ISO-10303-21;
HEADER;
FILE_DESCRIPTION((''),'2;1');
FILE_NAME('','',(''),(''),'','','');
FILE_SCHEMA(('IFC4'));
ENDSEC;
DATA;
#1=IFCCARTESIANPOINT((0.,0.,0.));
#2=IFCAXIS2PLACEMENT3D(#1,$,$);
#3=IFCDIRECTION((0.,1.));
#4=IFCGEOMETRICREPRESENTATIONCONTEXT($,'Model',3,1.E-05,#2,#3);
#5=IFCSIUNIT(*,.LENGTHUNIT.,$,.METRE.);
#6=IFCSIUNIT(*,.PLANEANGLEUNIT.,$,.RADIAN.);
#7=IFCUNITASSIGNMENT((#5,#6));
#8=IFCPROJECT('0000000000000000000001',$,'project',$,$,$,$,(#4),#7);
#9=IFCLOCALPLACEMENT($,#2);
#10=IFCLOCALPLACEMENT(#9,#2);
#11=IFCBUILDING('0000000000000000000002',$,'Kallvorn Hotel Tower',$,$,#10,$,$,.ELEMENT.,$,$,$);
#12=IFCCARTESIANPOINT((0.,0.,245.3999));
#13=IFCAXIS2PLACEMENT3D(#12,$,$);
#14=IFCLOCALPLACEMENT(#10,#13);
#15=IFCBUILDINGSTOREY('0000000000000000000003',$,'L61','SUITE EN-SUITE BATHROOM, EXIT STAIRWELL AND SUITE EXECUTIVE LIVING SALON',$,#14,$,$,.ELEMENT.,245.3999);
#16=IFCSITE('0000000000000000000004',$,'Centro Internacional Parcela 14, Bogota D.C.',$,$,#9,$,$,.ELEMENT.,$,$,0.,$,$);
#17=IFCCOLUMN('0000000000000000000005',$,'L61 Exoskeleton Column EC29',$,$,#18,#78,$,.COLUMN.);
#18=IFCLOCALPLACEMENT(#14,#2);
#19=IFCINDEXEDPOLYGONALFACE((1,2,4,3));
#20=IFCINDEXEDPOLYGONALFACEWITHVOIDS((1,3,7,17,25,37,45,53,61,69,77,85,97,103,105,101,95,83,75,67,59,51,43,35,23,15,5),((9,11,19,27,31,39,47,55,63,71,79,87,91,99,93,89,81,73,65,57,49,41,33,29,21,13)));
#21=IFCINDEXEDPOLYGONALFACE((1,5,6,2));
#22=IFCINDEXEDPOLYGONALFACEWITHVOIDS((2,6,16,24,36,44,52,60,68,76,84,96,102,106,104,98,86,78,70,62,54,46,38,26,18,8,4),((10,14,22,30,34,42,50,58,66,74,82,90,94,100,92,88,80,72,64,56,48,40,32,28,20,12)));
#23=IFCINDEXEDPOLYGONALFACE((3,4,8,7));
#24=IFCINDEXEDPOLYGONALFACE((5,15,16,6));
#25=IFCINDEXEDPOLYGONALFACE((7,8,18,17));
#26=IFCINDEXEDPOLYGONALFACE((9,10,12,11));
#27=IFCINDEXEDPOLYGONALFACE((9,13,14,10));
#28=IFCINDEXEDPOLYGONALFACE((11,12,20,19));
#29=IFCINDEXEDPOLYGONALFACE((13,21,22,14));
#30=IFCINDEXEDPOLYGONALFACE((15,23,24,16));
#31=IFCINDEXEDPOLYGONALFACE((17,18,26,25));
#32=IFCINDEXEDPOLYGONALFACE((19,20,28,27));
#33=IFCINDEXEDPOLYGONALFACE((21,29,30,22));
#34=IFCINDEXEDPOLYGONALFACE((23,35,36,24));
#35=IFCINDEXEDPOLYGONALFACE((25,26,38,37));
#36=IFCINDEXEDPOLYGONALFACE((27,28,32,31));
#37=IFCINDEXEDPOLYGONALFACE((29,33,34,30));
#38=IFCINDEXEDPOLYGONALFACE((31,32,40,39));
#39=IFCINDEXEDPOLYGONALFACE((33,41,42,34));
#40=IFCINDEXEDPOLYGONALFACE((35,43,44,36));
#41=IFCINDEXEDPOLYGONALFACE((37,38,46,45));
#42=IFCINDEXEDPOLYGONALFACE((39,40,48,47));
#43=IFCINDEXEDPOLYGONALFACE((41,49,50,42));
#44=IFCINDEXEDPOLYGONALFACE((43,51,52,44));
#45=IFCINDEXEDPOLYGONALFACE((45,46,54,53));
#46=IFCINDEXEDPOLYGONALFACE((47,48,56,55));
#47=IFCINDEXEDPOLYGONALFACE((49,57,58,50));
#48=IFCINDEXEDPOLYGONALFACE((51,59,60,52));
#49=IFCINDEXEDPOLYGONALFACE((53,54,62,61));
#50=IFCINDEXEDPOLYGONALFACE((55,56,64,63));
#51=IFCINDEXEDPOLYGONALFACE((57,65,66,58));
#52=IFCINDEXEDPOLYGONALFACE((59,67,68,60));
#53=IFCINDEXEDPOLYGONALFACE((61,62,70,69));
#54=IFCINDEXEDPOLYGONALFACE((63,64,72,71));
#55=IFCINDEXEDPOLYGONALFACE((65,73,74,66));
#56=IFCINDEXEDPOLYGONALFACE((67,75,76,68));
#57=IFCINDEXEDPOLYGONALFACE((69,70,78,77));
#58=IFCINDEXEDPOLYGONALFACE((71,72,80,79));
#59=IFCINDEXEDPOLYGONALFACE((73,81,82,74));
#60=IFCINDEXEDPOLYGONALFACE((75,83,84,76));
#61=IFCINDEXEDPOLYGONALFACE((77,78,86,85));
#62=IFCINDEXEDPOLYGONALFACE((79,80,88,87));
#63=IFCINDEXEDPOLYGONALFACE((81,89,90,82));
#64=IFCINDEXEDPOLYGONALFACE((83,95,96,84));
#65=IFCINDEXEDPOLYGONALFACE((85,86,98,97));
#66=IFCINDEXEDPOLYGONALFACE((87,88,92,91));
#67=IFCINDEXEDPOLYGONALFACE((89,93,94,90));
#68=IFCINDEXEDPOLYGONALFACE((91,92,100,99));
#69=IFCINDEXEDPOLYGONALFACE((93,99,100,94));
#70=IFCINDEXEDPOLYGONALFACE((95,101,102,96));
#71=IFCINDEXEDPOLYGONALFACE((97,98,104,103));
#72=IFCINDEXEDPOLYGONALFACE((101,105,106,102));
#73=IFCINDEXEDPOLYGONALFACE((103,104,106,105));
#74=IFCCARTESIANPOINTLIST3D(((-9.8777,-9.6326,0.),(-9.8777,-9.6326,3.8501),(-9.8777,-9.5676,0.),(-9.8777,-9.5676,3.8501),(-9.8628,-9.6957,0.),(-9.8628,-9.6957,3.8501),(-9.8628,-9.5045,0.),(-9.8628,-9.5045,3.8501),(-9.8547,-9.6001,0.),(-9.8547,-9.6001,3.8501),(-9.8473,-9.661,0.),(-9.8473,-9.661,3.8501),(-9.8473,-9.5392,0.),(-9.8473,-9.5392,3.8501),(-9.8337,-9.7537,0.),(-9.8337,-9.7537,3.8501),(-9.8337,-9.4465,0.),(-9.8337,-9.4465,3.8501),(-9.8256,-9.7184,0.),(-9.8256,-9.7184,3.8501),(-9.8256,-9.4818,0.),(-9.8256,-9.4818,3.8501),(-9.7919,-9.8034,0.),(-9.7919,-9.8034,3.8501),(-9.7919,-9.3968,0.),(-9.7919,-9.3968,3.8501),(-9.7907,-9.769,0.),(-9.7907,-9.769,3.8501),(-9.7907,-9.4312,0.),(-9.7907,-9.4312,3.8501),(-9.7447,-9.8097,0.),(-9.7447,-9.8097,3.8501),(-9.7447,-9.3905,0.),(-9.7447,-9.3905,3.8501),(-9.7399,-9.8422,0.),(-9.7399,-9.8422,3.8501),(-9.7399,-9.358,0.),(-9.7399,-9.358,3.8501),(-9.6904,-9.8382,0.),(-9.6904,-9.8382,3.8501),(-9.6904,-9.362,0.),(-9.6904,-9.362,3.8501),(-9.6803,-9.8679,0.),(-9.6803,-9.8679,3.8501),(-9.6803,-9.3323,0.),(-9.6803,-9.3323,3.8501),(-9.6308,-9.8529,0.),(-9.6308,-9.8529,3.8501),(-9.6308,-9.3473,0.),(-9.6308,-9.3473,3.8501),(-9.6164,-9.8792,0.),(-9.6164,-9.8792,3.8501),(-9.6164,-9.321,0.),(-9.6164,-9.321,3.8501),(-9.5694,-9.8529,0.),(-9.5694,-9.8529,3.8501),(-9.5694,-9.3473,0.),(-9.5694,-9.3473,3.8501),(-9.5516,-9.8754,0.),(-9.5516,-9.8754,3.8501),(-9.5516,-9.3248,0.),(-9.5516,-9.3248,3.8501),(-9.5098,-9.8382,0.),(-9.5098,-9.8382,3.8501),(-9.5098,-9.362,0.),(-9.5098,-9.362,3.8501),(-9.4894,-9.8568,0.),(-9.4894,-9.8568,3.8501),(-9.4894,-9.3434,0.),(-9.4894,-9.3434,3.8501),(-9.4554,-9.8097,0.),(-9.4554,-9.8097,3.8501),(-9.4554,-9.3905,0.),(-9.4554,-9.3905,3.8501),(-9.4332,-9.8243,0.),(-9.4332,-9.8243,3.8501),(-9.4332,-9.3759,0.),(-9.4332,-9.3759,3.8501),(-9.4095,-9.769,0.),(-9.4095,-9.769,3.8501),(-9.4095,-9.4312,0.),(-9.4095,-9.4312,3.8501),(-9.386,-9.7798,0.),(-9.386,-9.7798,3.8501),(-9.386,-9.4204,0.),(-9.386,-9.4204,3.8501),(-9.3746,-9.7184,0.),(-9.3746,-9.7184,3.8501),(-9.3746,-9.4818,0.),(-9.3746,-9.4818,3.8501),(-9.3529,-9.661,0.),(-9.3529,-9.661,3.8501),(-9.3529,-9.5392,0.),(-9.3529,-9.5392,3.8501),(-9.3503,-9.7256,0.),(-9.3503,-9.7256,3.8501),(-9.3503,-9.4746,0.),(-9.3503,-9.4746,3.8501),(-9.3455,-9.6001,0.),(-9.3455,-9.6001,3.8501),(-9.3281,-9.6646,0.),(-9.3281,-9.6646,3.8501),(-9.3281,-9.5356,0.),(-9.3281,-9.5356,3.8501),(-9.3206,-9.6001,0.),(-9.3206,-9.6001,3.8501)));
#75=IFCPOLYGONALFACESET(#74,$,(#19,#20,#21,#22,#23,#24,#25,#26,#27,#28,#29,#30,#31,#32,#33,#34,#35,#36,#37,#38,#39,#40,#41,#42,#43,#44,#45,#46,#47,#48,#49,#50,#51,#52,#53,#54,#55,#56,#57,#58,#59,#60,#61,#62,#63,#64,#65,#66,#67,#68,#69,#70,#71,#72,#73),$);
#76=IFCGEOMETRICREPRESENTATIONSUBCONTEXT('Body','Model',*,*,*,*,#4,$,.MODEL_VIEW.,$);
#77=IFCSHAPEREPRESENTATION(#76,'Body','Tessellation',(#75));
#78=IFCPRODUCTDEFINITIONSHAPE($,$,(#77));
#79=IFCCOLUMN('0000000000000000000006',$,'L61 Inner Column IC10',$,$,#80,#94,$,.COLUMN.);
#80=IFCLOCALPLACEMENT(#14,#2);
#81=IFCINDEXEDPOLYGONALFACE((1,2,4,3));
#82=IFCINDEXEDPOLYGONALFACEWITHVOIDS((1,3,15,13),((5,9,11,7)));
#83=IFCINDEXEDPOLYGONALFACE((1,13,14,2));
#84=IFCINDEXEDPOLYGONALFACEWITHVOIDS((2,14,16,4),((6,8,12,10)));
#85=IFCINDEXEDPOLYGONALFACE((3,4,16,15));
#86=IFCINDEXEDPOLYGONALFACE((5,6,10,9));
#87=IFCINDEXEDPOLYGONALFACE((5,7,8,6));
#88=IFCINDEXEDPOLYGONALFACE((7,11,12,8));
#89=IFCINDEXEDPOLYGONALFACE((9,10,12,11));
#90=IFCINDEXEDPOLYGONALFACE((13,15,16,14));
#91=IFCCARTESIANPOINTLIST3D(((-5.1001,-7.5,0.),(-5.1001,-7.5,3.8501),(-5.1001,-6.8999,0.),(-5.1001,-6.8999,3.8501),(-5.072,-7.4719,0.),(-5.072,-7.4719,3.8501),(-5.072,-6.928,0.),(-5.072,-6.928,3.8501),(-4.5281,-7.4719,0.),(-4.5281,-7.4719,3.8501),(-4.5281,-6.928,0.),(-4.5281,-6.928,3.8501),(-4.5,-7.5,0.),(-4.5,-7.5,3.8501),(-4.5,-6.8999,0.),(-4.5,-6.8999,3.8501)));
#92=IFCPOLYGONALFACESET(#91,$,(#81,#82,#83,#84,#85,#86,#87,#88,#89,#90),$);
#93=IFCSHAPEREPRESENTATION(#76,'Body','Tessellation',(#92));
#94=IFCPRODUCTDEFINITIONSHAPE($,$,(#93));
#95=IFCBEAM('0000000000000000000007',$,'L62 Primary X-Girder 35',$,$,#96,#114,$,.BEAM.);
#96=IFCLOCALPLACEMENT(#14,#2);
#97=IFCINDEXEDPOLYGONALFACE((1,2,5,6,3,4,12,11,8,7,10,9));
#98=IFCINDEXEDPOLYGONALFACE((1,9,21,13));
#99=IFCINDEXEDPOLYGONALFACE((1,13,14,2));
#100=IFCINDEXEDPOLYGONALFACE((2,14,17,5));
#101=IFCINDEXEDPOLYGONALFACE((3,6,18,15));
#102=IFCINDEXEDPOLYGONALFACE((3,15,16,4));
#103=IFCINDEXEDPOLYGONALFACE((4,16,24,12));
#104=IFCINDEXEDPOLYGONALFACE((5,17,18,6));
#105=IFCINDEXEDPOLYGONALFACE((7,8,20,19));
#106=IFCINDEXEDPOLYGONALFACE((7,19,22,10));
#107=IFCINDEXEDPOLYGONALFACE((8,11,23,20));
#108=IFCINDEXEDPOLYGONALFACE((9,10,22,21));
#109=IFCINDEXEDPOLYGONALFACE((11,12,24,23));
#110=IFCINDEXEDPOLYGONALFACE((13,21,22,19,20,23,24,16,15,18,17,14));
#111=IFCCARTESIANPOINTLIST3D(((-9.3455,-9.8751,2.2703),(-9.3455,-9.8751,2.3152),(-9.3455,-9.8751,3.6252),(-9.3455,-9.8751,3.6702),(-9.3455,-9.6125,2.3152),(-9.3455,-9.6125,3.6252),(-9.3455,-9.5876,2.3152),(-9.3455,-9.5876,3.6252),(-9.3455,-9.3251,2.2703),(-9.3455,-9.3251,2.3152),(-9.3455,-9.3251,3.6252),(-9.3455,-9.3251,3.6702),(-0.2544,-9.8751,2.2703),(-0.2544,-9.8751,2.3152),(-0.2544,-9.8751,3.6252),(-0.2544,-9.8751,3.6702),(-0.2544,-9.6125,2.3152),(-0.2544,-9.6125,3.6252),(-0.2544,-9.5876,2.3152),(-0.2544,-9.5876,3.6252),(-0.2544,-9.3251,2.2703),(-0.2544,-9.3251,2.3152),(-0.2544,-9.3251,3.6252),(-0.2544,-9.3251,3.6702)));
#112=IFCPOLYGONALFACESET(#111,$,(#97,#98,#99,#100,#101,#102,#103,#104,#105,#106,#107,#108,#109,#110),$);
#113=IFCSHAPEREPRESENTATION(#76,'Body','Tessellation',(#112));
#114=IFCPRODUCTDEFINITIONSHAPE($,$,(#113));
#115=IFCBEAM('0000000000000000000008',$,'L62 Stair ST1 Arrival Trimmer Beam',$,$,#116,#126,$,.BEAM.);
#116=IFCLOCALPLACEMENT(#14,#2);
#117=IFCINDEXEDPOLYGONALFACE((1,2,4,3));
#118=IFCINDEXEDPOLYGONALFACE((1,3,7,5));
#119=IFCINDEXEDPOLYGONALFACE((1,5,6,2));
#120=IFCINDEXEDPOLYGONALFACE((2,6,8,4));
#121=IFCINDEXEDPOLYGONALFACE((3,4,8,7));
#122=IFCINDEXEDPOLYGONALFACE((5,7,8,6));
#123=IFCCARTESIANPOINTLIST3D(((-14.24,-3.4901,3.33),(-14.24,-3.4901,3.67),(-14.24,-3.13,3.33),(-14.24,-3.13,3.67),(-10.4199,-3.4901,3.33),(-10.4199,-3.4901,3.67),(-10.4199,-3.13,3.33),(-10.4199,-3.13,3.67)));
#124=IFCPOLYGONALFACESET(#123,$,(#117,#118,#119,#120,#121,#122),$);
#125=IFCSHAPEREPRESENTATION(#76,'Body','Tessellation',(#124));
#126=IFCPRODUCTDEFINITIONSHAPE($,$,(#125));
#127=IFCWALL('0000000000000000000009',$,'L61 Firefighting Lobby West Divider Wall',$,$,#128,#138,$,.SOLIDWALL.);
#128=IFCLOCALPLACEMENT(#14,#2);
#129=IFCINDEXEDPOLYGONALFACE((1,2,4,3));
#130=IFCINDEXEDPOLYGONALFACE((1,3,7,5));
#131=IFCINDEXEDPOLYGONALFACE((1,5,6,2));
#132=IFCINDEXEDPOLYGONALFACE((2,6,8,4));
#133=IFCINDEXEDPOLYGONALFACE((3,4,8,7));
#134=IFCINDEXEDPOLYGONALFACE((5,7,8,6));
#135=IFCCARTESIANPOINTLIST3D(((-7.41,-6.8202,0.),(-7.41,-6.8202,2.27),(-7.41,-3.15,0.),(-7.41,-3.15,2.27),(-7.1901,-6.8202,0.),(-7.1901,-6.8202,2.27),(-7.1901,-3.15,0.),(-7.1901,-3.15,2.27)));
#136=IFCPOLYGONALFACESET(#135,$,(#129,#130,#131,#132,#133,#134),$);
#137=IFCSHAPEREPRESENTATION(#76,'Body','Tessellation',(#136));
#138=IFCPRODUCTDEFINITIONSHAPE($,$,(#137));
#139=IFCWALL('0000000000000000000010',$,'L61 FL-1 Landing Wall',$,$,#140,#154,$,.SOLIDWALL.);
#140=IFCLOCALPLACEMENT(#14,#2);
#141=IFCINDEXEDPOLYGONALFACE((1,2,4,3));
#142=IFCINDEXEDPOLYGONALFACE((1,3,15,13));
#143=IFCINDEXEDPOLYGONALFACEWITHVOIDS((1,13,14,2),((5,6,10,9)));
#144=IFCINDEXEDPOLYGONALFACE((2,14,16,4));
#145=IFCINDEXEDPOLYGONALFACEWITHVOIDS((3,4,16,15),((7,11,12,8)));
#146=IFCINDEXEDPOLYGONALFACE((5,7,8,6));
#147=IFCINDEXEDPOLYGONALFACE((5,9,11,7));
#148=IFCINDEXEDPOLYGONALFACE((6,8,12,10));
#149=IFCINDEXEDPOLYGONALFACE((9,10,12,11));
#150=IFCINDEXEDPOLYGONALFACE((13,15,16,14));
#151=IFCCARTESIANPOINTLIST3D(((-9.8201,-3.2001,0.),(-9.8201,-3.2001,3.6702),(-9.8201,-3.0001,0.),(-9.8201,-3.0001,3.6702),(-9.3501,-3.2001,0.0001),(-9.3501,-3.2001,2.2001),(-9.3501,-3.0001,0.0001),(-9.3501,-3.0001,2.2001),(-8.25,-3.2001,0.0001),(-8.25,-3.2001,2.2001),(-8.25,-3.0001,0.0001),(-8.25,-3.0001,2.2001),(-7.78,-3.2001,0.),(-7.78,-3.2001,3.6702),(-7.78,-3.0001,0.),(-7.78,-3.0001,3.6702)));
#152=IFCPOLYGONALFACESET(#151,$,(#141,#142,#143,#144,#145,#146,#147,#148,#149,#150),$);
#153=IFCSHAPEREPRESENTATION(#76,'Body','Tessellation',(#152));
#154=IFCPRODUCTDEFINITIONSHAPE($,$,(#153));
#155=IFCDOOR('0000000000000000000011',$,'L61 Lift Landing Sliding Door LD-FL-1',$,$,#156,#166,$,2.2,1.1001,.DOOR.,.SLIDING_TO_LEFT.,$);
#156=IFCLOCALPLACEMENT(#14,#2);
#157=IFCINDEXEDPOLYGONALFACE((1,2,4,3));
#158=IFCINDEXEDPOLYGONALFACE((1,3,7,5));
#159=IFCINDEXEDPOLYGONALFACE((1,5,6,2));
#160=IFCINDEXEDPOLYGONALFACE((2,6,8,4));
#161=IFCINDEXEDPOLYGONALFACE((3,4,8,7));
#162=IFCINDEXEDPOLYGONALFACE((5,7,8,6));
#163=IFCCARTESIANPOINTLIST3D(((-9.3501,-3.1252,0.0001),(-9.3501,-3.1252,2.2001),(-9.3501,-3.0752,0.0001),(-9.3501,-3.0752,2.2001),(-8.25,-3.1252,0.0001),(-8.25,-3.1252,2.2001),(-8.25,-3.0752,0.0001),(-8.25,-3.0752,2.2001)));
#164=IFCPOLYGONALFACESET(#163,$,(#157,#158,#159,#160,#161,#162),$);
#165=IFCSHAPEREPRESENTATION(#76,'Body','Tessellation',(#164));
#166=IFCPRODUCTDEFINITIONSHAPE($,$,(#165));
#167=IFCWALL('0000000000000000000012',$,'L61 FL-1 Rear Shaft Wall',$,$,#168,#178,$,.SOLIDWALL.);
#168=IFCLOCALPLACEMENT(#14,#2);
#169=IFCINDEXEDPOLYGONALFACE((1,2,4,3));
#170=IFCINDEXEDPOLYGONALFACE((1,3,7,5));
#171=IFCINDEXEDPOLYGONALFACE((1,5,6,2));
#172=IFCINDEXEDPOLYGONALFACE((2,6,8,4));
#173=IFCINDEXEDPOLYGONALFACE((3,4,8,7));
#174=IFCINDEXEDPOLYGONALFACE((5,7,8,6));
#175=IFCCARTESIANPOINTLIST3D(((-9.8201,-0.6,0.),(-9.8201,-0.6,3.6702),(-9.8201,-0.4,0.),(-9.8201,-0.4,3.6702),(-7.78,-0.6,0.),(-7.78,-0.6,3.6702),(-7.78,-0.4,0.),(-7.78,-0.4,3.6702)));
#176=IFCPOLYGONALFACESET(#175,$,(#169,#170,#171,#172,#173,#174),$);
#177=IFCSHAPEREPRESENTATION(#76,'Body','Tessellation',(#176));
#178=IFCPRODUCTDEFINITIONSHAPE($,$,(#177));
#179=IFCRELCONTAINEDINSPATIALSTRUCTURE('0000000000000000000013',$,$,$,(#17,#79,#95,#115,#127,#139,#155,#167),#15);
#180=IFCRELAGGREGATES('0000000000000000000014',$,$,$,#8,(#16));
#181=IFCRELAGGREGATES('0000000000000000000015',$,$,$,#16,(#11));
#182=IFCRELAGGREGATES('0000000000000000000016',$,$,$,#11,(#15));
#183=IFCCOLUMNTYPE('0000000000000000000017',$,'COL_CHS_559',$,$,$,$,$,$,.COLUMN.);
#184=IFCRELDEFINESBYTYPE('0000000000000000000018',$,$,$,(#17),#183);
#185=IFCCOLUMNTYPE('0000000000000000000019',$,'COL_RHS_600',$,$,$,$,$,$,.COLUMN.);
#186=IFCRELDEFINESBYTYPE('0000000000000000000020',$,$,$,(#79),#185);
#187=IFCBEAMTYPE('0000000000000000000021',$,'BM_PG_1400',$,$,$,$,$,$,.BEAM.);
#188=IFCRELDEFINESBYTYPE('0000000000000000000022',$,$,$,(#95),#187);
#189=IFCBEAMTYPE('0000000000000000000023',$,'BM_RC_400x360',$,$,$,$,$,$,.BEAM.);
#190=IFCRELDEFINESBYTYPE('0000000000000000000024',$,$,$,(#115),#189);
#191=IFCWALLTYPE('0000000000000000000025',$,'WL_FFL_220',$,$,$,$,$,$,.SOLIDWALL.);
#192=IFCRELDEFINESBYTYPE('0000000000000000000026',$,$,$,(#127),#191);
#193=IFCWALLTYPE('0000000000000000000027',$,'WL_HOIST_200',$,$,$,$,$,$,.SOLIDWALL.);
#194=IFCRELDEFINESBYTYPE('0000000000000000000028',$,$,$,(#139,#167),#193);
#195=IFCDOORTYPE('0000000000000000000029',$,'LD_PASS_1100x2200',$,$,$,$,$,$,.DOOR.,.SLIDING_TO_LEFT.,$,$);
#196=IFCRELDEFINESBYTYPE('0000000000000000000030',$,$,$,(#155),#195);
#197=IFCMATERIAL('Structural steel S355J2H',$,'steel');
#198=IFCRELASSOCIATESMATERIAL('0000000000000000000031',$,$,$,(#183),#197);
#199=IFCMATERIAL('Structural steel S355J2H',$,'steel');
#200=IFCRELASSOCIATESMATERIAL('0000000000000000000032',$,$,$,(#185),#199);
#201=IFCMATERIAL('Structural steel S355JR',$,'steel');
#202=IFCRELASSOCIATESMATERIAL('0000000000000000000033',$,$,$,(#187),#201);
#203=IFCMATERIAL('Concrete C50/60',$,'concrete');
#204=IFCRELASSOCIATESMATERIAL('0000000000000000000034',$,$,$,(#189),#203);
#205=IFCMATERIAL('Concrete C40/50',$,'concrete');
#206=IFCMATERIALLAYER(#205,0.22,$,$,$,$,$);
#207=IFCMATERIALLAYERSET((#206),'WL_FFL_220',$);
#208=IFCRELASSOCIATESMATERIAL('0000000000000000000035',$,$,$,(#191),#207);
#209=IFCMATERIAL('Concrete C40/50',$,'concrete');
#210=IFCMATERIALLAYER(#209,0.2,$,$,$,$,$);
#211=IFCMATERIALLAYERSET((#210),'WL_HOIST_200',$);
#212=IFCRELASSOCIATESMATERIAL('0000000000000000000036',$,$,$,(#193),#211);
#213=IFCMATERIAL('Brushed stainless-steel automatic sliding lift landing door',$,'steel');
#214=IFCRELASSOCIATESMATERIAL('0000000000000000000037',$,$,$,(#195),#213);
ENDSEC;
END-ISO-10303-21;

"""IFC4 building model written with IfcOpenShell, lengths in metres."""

from ifc_helpers import new_model, si_unit, direction, frame, frame_2d, origin, origin_2d, place, context, subcontext, project, spatial, rectangle, hollow_rectangle, hollow_circle, i_section, extrude, material, layer, layer_set, material_profile, profile_set, type_object, element, fill, save


model = new_model("IFC4")

# Units and contexts
model_context = context("Model", 3, precision=1e-05, world=origin(), true_north=direction((0.0, 1.0)))
body_context = subcontext(model_context, "Body", "Model", "MODEL_VIEW")
ifc_project = project(units=[si_unit("LENGTHUNIT", "METRE"), si_unit("PLANEANGLEUNIT", "RADIAN")], contexts=[model_context])

# Site, building, storey
site_placement = place(None, origin())
site = spatial("IfcSite", under=ifc_project, at=site_placement, Name="Centro Internacional Parcela 14, Bogota D.C.", CompositionType="ELEMENT", RefElevation=0.0)
building_placement = place(site_placement, origin())
building = spatial("IfcBuilding", under=site, at=building_placement, Name="Kallvorn Hotel Tower", CompositionType="ELEMENT")
storey_placement = place(building_placement, frame((0.0, 0.0, 245.3999)))
storey = spatial("IfcBuildingStorey", under=building, at=storey_placement, Name="L61", Description="SUITE EN-SUITE BATHROOM, EXIT STAIRWELL AND SUITE EXECUTIVE LIVING SALON", CompositionType="ELEMENT", Elevation=245.3999)

# Columns
ifc_material_1 = material(Name="Structural steel S355J2H", Category="steel")
ifc_material_profile_1 = material_profile(ifc_material_1, hollow_circle(Radius=0.2795, WallThickness=0.0249, at=origin_2d()), Name="CHS 559x25")
ifc_profile_set_1 = profile_set([ifc_material_profile_1], Name="Structural steel S355J2H")
column_type_1 = type_object("IfcColumnType", Name="COL_CHS_559", PredefinedType="COLUMN", material=ifc_profile_set_1)
column_1_placement = place(storey_placement, frame((-9.6001, -9.6001, 0.0), z_axis=(0.0, 0.0, 1.0), x_axis=(1.0, 0.0, 0.0)))
element("IfcColumn", 1, at=column_1_placement, inside=storey, type_object=column_type_1, Name="L61 Exoskeleton Column EC29", PredefinedType="COLUMN", context=body_context, shape_type="SweptSolid", body=[
    extrude(hollow_circle(Radius=0.2795, WallThickness=0.0249, at=origin_2d()), origin(), (0.0, 0.0, 1.0), 3.8501),
])
ifc_material_2 = material(Name="Structural steel S355J2H", Category="steel")
ifc_material_profile_2 = material_profile(ifc_material_2, hollow_rectangle(XDim=0.6001, YDim=0.6001, WallThickness=0.0281, at=origin_2d()), Name="RHS 600x600x28")
ifc_profile_set_2 = profile_set([ifc_material_profile_2], Name="Structural steel S355J2H")
column_type_2 = type_object("IfcColumnType", Name="COL_RHS_600", PredefinedType="COLUMN", material=ifc_profile_set_2)
column_2_placement = place(storey_placement, frame((-4.8, -7.2, 0.0), z_axis=(0.0, 0.0, 1.0), x_axis=(1.0, 0.0, 0.0)))
element("IfcColumn", 2, at=column_2_placement, inside=storey, type_object=column_type_2, Name="L61 Inner Column IC10", PredefinedType="COLUMN", context=body_context, shape_type="SweptSolid", body=[
    extrude(hollow_rectangle(XDim=0.6001, YDim=0.6001, WallThickness=0.0281, at=origin_2d()), origin(), (0.0, 0.0, 1.0), 3.8501),
])

# Beams
ifc_material_3 = material(Name="Structural steel S355JR", Category="steel")
ifc_material_profile_3 = material_profile(ifc_material_3, i_section(OverallWidth=0.55, OverallDepth=1.3999, WebThickness=0.0249, FlangeThickness=0.0449, at=origin_2d()), Name="PG 1400x550x25x45")
ifc_profile_set_3 = profile_set([ifc_material_profile_3], Name="Structural steel S355JR")
beam_type_1 = type_object("IfcBeamType", Name="BM_PG_1400", PredefinedType="BEAM", material=ifc_profile_set_3)
beam_1_placement = place(storey_placement, frame((-9.3455, -9.6001, 2.9702), z_axis=(1.0, 0.0, 0.0), x_axis=(0.0, 1.0, 0.0)))
element("IfcBeam", 3, at=beam_1_placement, inside=storey, type_object=beam_type_1, Name="L62 Primary X-Girder 35", PredefinedType="BEAM", context=body_context, shape_type="SweptSolid", body=[
    extrude(i_section(OverallWidth=0.55, OverallDepth=1.3999, WebThickness=0.0249, FlangeThickness=0.0449, at=origin_2d()), origin(), (0.0, 0.0, 1.0), 9.0911),
])
ifc_material_4 = material(Name="Concrete C50/60", Category="concrete")
ifc_material_profile_4 = material_profile(ifc_material_4, rectangle(XDim=0.3601, YDim=0.3401, at=origin_2d()), Name="RC 360x340")
ifc_profile_set_4 = profile_set([ifc_material_profile_4], Name="Concrete C50/60")
beam_type_2 = type_object("IfcBeamType", Name="BM_RC_400x360", PredefinedType="BEAM", material=ifc_profile_set_4)
beam_2_placement = place(storey_placement, frame((-10.4199, -3.3101, 3.5), z_axis=(-1.0, 0.0, 0.0), x_axis=(0.0, -1.0, 0.0)))
element("IfcBeam", 4, at=beam_2_placement, inside=storey, type_object=beam_type_2, Name="L62 Stair ST1 Arrival Trimmer Beam", PredefinedType="BEAM", context=body_context, shape_type="SweptSolid", body=[
    extrude(rectangle(XDim=0.3601, YDim=0.3401, at=origin_2d()), origin(), (0.0, 0.0, 1.0), 3.8201),
])

# Wall
ifc_material_5 = material(Name="Concrete C40/50", Category="concrete")
ifc_layer_1 = layer(ifc_material_5, 0.22)
ifc_layer_set_1 = layer_set([ifc_layer_1], Name="WL_FFL_220")
wall_type_1 = type_object("IfcWallType", Name="WL_FFL_220", PredefinedType="SOLIDWALL", material=ifc_layer_set_1)
wall_1_placement = place(storey_placement, frame((-7.3, -6.8201, 0.0), z_axis=(0.0, 0.0, 1.0), x_axis=(0.0, 1.0, 0.0)))
element("IfcWall", 5, at=wall_1_placement, inside=storey, type_object=wall_type_1, Name="L61 Firefighting Lobby West Divider Wall", PredefinedType="SOLIDWALL", context=body_context, shape_type="SweptSolid", body=[
    extrude(rectangle(XDim=3.6702, YDim=0.22, at=frame_2d((1.835, 0.0))), origin(), (0.0, 0.0, 1.0), 2.27),
])

# Wall, opening, door
ifc_material_6 = material(Name="Concrete C40/50", Category="concrete")
ifc_layer_2 = layer(ifc_material_6, 0.2)
ifc_layer_set_2 = layer_set([ifc_layer_2], Name="WL_HOIST_200")
wall_type_2 = type_object("IfcWallType", Name="WL_HOIST_200", PredefinedType="SOLIDWALL", material=ifc_layer_set_2)
wall_2_placement = place(storey_placement, frame((-9.8201, -3.1001, 0.0), z_axis=(0.0, 0.0, 1.0), x_axis=(1.0, 0.0, 0.0)))
wall_2 = element("IfcWall", 6, at=wall_2_placement, inside=storey, type_object=wall_type_2, Name="L61 FL-1 Landing Wall", PredefinedType="SOLIDWALL", context=body_context, shape_type="SweptSolid", body=[
    extrude(rectangle(XDim=2.04, YDim=0.2, at=frame_2d((1.02, 0.0))), origin(), (0.0, 0.0, 1.0), 3.6702),
])
opening_1_placement = place(wall_2_placement, frame((0.47, 0.0, 0.0)))
opening_1 = element("IfcOpeningElement", 7, at=opening_1_placement, cuts=wall_2, PredefinedType="OPENING", context=body_context, shape_type="SweptSolid", body=[
    extrude(rectangle(XDim=1.1001, YDim=2.2, at=frame_2d((0.55, 1.1001))), frame((0.0, 0.115, 0.0), z_axis=(0.0, -1.0, 0.0), x_axis=(1.0, 0.0, 0.0)), (0.0, 0.0, 1.0), 0.23),
])
ifc_material_7 = material(Name="Brushed stainless-steel automatic sliding lift landing door", Category="steel")
door_type_1 = type_object("IfcDoorType", Name="LD_PASS_1100x2200", OperationType="SLIDING_TO_LEFT", PredefinedType="DOOR", material=ifc_material_7)
door_1_placement = place(opening_1_placement, origin())
door_1 = element("IfcDoor", 8, at=door_1_placement, inside=storey, type_object=door_type_1, Name="L61 Lift Landing Sliding Door LD-FL-1", OperationType="SLIDING_TO_LEFT", OverallHeight=2.2, OverallWidth=1.1001, PredefinedType="DOOR", context=body_context, shape_type="SweptSolid", body=[
    extrude(rectangle(XDim=1.1001, YDim=2.2, at=frame_2d((0.55, 1.1001))), frame((0.0, 0.0249, 0.0), z_axis=(0.0, -1.0, 0.0), x_axis=(1.0, 0.0, 0.0)), (0.0, 0.0, 1.0), 0.05),
])
fill(opening_1, door_1)

# Wall
wall_3_placement = place(storey_placement, frame((-9.8201, -0.5, 0.0), z_axis=(0.0, 0.0, 1.0), x_axis=(1.0, 0.0, 0.0)))
element("IfcWall", 9, at=wall_3_placement, inside=storey, type_object=wall_type_2, Name="L61 FL-1 Rear Shaft Wall", PredefinedType="SOLIDWALL", context=body_context, shape_type="SweptSolid", body=[
    extrude(rectangle(XDim=2.04, YDim=0.2, at=frame_2d((1.02, 0.0))), origin(), (0.0, 0.0, 1.0), 3.6702),
])

save(model, "model.ifc")
